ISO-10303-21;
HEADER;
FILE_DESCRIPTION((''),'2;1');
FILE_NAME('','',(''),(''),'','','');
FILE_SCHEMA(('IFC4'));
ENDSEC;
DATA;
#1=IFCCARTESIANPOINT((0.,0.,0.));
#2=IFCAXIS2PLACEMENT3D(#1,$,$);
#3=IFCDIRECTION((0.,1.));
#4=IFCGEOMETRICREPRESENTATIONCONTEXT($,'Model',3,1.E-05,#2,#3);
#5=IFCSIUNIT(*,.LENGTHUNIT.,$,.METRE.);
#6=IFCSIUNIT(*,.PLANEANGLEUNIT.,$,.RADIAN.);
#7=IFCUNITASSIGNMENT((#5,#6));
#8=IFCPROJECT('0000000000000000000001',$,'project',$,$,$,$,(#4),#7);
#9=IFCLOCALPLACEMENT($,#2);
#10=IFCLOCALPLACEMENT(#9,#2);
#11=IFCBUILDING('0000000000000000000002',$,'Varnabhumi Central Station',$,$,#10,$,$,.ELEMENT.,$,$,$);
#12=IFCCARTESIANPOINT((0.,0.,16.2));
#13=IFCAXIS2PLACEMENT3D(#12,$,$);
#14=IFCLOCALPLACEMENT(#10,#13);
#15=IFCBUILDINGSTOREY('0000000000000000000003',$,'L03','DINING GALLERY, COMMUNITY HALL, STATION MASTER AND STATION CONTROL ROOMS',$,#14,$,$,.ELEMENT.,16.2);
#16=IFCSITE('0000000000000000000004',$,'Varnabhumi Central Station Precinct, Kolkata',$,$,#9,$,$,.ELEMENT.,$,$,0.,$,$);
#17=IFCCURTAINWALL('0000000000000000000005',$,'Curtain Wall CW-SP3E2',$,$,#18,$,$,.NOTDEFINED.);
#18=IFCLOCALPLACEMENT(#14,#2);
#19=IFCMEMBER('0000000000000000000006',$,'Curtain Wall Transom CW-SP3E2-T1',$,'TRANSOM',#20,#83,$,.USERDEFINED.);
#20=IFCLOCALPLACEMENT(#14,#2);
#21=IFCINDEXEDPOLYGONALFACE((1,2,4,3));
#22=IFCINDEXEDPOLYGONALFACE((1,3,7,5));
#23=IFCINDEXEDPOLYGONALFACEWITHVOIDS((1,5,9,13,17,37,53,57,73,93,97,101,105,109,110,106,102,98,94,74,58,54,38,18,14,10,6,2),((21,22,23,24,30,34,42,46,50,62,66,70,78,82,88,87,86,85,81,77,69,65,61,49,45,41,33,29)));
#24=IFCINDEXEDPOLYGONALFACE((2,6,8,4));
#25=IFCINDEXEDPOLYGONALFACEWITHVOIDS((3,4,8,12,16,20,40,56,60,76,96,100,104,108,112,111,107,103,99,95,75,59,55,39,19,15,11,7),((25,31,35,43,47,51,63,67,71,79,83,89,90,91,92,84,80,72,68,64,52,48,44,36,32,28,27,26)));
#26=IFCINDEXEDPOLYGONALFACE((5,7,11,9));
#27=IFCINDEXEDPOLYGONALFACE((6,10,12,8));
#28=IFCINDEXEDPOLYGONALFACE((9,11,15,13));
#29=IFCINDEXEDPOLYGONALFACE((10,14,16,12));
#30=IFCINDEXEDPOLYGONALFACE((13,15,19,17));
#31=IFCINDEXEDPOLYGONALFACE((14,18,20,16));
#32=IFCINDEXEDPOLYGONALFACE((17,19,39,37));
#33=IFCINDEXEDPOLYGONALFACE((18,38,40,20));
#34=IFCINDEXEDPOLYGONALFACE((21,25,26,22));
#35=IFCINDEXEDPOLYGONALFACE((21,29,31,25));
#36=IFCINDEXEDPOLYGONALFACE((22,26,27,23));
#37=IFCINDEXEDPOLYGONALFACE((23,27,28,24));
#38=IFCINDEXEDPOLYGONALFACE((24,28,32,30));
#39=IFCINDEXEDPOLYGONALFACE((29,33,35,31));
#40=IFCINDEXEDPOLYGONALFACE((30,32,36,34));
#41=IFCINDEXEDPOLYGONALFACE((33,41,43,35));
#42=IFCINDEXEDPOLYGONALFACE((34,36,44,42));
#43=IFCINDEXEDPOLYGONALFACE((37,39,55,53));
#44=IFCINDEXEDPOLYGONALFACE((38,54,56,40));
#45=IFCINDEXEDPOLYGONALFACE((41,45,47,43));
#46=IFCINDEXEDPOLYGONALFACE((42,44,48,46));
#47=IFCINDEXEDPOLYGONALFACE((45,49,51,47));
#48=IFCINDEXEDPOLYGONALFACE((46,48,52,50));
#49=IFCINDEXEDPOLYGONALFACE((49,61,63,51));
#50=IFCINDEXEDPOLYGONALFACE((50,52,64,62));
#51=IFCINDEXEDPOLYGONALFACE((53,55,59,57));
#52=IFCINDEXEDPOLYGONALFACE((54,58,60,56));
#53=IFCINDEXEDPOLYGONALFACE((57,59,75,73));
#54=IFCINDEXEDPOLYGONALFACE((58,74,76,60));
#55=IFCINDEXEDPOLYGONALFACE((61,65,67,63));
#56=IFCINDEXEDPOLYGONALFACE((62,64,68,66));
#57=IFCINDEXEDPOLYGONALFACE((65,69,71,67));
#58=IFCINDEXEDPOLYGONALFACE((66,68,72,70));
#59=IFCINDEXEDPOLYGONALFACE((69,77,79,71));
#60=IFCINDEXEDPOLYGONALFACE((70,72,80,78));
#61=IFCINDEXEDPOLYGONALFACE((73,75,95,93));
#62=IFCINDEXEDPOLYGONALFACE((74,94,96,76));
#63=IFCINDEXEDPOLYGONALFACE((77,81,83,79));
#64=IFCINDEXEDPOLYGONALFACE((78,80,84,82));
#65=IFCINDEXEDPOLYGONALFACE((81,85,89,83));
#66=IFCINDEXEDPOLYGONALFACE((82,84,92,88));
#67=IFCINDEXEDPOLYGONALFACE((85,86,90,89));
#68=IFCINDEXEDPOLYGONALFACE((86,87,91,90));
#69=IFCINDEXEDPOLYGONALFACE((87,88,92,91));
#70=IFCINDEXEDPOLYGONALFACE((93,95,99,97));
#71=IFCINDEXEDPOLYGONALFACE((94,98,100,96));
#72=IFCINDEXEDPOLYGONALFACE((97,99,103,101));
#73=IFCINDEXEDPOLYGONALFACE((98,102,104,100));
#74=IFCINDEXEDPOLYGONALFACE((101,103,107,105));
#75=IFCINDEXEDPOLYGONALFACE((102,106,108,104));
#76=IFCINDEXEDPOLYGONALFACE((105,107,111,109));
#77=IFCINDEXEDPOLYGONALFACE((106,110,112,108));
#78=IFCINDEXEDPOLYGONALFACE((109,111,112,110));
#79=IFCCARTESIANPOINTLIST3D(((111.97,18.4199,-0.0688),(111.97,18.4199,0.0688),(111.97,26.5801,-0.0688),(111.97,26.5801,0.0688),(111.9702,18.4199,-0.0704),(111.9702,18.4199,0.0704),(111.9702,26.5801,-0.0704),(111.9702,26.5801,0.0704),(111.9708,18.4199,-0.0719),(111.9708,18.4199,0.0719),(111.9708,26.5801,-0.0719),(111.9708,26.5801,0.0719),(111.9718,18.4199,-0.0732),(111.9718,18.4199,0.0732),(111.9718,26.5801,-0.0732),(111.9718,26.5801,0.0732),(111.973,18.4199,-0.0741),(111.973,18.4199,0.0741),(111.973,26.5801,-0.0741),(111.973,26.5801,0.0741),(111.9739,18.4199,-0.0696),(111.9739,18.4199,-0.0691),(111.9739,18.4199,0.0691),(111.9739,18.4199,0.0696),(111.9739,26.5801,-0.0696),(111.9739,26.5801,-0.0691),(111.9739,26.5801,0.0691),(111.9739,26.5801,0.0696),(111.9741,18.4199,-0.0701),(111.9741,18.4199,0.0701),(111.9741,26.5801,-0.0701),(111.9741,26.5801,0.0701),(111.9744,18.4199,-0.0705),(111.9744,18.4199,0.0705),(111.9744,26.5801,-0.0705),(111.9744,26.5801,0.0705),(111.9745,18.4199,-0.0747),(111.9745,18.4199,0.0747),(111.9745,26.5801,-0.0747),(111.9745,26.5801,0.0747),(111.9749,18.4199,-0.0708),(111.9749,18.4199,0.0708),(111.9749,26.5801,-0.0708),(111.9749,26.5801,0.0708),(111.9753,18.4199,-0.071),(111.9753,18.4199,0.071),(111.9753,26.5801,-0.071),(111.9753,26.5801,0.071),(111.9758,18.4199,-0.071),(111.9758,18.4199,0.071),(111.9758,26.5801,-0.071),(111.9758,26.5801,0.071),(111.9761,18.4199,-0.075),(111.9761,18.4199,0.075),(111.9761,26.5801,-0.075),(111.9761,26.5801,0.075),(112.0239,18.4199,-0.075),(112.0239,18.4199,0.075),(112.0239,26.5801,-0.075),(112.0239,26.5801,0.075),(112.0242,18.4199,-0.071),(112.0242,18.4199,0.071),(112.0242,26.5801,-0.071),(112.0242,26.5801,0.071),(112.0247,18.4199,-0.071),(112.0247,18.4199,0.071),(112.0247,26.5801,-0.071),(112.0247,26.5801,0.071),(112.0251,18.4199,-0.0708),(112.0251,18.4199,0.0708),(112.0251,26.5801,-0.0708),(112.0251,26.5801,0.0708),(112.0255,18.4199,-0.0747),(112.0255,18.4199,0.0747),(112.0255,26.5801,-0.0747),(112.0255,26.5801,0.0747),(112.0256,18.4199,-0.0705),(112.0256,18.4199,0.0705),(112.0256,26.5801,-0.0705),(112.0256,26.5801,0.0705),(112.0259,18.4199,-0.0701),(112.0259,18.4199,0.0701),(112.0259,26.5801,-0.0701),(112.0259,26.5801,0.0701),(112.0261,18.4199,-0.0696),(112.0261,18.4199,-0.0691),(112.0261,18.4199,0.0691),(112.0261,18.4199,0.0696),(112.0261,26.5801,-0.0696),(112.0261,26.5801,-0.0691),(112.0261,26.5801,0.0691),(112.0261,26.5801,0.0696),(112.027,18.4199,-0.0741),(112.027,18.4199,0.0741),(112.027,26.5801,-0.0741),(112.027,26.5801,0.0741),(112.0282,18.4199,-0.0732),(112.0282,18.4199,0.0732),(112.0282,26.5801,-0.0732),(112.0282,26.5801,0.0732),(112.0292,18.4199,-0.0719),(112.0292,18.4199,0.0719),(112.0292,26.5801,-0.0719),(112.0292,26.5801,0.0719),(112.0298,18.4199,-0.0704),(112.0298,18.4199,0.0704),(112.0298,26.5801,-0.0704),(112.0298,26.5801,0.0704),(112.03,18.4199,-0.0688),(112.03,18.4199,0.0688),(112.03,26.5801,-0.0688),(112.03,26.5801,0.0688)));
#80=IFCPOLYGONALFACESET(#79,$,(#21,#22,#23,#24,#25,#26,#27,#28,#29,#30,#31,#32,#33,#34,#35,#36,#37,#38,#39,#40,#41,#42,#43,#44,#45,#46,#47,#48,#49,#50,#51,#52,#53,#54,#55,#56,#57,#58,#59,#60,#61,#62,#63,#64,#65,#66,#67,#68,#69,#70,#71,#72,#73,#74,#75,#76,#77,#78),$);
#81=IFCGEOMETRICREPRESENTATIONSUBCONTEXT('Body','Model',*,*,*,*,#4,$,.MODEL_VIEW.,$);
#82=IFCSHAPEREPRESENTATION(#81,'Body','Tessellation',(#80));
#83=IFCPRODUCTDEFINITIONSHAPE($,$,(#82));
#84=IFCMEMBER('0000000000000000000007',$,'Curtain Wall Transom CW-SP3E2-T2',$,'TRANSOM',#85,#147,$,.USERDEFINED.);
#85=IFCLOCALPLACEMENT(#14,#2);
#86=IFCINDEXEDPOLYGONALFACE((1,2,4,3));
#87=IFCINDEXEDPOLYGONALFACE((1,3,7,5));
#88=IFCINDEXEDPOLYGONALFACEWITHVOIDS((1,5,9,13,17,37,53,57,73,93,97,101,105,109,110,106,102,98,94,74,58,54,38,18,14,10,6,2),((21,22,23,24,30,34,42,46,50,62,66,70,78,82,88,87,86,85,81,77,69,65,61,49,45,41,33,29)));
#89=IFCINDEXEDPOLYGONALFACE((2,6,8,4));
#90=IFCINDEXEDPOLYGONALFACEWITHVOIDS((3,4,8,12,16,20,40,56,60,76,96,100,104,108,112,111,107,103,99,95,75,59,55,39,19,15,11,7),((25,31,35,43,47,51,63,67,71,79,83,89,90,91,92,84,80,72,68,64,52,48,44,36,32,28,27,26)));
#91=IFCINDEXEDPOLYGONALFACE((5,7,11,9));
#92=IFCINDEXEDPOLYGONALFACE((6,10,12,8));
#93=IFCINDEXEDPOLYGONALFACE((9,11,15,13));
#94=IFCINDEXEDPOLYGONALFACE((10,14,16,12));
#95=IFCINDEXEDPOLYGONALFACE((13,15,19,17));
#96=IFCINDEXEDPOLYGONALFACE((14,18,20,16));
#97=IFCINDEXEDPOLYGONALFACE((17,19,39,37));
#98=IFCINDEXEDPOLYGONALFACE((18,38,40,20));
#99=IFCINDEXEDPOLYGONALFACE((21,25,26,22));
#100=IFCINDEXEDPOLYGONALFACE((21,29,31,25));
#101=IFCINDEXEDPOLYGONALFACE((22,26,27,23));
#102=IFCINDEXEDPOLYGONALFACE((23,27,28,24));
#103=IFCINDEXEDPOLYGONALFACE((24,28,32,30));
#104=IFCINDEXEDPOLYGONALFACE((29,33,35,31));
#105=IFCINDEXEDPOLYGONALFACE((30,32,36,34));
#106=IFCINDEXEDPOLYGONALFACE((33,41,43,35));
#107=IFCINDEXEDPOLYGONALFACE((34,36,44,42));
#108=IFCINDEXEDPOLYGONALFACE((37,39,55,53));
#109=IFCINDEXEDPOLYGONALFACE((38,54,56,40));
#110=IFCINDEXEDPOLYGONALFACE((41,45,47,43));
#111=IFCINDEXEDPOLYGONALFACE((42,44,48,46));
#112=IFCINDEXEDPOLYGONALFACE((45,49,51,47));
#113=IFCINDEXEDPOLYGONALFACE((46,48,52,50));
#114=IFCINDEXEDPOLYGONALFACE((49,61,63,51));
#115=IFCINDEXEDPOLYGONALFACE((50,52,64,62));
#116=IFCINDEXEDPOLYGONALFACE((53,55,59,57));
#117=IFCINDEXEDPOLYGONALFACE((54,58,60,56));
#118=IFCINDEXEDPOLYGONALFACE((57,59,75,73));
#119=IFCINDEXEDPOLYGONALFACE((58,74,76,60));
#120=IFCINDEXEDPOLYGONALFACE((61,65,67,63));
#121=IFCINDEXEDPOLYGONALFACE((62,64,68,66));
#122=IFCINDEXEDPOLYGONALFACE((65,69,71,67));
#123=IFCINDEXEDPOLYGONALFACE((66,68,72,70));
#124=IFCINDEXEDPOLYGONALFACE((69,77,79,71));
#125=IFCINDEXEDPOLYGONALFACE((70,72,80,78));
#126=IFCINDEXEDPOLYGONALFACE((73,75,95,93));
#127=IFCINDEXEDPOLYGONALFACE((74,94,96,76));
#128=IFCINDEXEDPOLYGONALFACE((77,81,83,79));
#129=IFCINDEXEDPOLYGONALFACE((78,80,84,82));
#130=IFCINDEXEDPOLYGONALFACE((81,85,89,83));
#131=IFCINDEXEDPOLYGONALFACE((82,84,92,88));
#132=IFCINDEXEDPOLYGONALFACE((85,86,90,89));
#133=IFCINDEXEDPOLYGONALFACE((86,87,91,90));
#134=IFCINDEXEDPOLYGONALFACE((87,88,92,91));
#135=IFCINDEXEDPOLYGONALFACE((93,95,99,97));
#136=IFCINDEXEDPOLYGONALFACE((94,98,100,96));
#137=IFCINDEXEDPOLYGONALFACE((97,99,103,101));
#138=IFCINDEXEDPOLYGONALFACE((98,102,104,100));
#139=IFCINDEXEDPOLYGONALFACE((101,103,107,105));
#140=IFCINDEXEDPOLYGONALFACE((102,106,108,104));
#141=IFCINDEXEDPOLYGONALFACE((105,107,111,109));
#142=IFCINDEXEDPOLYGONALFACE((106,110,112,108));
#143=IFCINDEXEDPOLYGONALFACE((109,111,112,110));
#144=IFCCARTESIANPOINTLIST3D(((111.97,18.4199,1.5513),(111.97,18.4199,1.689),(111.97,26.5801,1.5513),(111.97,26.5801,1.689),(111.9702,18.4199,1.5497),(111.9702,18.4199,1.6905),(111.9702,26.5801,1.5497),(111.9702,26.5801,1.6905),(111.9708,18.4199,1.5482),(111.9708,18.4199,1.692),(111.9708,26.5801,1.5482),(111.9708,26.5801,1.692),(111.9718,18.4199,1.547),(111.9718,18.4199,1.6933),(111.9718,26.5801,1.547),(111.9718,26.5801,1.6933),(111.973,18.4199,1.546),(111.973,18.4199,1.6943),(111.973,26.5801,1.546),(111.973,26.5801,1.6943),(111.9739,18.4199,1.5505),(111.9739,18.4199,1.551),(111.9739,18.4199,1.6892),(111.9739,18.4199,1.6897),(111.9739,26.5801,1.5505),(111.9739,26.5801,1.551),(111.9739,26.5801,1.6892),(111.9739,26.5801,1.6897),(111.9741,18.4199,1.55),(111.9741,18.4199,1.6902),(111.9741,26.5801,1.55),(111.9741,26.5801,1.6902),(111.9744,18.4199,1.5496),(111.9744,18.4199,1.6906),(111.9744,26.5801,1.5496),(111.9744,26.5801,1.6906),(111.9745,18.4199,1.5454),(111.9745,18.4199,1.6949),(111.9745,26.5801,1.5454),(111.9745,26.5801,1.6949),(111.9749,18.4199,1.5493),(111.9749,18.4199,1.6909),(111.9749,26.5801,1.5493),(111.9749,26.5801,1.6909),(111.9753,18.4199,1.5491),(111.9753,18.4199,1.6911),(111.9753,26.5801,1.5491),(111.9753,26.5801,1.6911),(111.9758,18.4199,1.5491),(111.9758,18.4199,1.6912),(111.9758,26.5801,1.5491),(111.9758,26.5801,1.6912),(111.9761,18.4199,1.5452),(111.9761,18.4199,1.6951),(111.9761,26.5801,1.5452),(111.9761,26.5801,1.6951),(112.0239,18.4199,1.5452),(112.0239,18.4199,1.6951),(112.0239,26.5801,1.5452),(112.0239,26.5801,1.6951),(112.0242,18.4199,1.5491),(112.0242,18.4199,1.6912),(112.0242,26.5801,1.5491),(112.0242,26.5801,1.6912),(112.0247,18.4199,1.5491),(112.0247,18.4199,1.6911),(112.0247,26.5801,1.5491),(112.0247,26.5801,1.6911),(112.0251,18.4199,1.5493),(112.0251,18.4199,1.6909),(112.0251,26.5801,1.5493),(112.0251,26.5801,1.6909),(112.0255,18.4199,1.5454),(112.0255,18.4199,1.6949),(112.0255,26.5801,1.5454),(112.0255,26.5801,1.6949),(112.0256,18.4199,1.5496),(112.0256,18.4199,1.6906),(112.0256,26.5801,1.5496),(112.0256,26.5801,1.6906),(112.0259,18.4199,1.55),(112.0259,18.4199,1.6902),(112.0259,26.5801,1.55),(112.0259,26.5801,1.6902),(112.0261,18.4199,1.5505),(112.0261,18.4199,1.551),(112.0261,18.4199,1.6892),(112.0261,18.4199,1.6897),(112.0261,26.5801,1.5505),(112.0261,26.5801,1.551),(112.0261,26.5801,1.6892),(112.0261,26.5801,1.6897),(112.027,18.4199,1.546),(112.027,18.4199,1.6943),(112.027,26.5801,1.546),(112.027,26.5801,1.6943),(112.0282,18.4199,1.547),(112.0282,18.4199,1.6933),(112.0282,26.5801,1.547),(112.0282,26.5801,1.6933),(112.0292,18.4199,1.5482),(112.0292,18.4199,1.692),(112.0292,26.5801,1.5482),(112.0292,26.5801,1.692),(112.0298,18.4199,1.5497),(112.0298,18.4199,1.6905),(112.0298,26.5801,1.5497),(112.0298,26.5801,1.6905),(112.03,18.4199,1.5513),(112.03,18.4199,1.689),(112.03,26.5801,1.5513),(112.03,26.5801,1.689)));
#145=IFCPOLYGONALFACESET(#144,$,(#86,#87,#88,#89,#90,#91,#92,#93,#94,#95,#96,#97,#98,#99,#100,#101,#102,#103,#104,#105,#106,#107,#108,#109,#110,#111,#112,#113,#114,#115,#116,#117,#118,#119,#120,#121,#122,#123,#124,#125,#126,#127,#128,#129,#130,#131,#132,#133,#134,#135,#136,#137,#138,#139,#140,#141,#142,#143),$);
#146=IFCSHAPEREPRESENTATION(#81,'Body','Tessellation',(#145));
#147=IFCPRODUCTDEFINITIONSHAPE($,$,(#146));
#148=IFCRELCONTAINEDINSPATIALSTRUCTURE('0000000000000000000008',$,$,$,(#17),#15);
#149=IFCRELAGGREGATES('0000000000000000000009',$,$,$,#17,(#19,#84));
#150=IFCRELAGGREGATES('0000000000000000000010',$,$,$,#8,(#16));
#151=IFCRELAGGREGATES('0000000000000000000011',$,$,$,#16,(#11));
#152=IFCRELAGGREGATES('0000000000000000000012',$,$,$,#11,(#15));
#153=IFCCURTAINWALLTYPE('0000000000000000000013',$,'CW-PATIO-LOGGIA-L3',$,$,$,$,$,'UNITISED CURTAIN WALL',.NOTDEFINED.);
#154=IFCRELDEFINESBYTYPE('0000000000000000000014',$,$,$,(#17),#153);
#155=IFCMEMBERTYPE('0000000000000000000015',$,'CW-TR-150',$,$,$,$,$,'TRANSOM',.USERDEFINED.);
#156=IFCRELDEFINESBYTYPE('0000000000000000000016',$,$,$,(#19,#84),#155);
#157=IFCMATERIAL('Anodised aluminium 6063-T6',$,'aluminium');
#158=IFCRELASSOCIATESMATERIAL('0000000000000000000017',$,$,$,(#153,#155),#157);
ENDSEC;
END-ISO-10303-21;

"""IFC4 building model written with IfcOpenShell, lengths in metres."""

from ifc_helpers import new_model, si_unit, direction, frame, origin, origin_2d, place, context, subcontext, project, spatial, hollow_rectangle, extrude, material, material_profile, profile_set, type_object, element, aggregate, save


model = new_model("IFC4")

# Units and contexts
model_context = context("Model", 3, precision=1e-05, world=origin(), true_north=direction((0.0, 1.0)))
body_context = subcontext(model_context, "Body", "Model", "MODEL_VIEW")
ifc_project = project(units=[si_unit("LENGTHUNIT", "METRE"), si_unit("PLANEANGLEUNIT", "RADIAN")], contexts=[model_context])

# Site, building, storey
site_placement = place(None, origin())
site = spatial("IfcSite", under=ifc_project, at=site_placement, Name="Varnabhumi Central Station Precinct, Kolkata", CompositionType="ELEMENT", RefElevation=0.0)
building_placement = place(site_placement, origin())
building = spatial("IfcBuilding", under=site, at=building_placement, Name="Varnabhumi Central Station", CompositionType="ELEMENT")
storey_placement = place(building_placement, frame((0.0, 0.0, 16.2)))
storey = spatial("IfcBuildingStorey", under=building, at=storey_placement, Name="L03", Description="DINING GALLERY, COMMUNITY HALL, STATION MASTER AND STATION CONTROL ROOMS", CompositionType="ELEMENT", Elevation=16.2)

# Curtain wall
ifc_material_1 = material(Name="Anodised aluminium 6063-T6", Category="aluminium")
curtain_wall_type = type_object("IfcCurtainWallType", Name="CW-PATIO-LOGGIA-L3", ElementType="UNITISED CURTAIN WALL", PredefinedType="NOTDEFINED", material=ifc_material_1)
curtain_wall_1_placement = place(storey_placement, origin())
curtain_wall_1 = element("IfcCurtainWall", 1, at=curtain_wall_1_placement, inside=storey, type_object=curtain_wall_type, Name="Curtain Wall CW-SP3E2", PredefinedType="NOTDEFINED")

# Members
ifc_material_profile_1 = material_profile(ifc_material_1, hollow_rectangle(XDim=0.0601, YDim=0.1499, WallThickness=0.0039, InnerFilletRadius=0.002, OuterFilletRadius=0.0061, at=origin_2d()), Name="Anodised aluminium 6063-T6", Category="aluminium")
ifc_profile_set_1 = profile_set([ifc_material_profile_1], Name="Anodised aluminium 6063-T6")
member_type_1 = type_object("IfcMemberType", Name="CW-TR-150", ElementType="TRANSOM", PredefinedType="USERDEFINED", material=ifc_profile_set_1)
member_1_placement = place(storey_placement, frame((112.0, 18.4199, 0.0), z_axis=(0.0, 1.0, 0.0), x_axis=(-1.0, 0.0, 0.0)))
member_1 = element("IfcMember", 2, at=member_1_placement, type_object=member_type_1, Name="Curtain Wall Transom CW-SP3E2-T1", ObjectType="TRANSOM", PredefinedType="USERDEFINED", context=body_context, shape_type="SweptSolid", body=[
    extrude(hollow_rectangle(XDim=0.0601, YDim=0.1499, WallThickness=0.0039, InnerFilletRadius=0.002, OuterFilletRadius=0.0061, at=origin_2d()), origin(), (0.0, 0.0, 1.0), 8.1602),
])
member_2_placement = place(storey_placement, frame((112.0, 18.4199, 1.6201), z_axis=(0.0, 1.0, 0.0), x_axis=(-1.0, 0.0, 0.0)))
member_2 = element("IfcMember", 3, at=member_2_placement, type_object=member_type_1, Name="Curtain Wall Transom CW-SP3E2-T2", ObjectType="TRANSOM", PredefinedType="USERDEFINED", context=body_context, shape_type="SweptSolid", body=[
    extrude(hollow_rectangle(XDim=0.0601, YDim=0.1499, WallThickness=0.0039, InnerFilletRadius=0.002, OuterFilletRadius=0.0061, at=origin_2d()), origin(), (0.0, 0.0, 1.0), 8.1602),
])

aggregate(curtain_wall_1, [member_1, member_2])

save(model, "model.ifc")
